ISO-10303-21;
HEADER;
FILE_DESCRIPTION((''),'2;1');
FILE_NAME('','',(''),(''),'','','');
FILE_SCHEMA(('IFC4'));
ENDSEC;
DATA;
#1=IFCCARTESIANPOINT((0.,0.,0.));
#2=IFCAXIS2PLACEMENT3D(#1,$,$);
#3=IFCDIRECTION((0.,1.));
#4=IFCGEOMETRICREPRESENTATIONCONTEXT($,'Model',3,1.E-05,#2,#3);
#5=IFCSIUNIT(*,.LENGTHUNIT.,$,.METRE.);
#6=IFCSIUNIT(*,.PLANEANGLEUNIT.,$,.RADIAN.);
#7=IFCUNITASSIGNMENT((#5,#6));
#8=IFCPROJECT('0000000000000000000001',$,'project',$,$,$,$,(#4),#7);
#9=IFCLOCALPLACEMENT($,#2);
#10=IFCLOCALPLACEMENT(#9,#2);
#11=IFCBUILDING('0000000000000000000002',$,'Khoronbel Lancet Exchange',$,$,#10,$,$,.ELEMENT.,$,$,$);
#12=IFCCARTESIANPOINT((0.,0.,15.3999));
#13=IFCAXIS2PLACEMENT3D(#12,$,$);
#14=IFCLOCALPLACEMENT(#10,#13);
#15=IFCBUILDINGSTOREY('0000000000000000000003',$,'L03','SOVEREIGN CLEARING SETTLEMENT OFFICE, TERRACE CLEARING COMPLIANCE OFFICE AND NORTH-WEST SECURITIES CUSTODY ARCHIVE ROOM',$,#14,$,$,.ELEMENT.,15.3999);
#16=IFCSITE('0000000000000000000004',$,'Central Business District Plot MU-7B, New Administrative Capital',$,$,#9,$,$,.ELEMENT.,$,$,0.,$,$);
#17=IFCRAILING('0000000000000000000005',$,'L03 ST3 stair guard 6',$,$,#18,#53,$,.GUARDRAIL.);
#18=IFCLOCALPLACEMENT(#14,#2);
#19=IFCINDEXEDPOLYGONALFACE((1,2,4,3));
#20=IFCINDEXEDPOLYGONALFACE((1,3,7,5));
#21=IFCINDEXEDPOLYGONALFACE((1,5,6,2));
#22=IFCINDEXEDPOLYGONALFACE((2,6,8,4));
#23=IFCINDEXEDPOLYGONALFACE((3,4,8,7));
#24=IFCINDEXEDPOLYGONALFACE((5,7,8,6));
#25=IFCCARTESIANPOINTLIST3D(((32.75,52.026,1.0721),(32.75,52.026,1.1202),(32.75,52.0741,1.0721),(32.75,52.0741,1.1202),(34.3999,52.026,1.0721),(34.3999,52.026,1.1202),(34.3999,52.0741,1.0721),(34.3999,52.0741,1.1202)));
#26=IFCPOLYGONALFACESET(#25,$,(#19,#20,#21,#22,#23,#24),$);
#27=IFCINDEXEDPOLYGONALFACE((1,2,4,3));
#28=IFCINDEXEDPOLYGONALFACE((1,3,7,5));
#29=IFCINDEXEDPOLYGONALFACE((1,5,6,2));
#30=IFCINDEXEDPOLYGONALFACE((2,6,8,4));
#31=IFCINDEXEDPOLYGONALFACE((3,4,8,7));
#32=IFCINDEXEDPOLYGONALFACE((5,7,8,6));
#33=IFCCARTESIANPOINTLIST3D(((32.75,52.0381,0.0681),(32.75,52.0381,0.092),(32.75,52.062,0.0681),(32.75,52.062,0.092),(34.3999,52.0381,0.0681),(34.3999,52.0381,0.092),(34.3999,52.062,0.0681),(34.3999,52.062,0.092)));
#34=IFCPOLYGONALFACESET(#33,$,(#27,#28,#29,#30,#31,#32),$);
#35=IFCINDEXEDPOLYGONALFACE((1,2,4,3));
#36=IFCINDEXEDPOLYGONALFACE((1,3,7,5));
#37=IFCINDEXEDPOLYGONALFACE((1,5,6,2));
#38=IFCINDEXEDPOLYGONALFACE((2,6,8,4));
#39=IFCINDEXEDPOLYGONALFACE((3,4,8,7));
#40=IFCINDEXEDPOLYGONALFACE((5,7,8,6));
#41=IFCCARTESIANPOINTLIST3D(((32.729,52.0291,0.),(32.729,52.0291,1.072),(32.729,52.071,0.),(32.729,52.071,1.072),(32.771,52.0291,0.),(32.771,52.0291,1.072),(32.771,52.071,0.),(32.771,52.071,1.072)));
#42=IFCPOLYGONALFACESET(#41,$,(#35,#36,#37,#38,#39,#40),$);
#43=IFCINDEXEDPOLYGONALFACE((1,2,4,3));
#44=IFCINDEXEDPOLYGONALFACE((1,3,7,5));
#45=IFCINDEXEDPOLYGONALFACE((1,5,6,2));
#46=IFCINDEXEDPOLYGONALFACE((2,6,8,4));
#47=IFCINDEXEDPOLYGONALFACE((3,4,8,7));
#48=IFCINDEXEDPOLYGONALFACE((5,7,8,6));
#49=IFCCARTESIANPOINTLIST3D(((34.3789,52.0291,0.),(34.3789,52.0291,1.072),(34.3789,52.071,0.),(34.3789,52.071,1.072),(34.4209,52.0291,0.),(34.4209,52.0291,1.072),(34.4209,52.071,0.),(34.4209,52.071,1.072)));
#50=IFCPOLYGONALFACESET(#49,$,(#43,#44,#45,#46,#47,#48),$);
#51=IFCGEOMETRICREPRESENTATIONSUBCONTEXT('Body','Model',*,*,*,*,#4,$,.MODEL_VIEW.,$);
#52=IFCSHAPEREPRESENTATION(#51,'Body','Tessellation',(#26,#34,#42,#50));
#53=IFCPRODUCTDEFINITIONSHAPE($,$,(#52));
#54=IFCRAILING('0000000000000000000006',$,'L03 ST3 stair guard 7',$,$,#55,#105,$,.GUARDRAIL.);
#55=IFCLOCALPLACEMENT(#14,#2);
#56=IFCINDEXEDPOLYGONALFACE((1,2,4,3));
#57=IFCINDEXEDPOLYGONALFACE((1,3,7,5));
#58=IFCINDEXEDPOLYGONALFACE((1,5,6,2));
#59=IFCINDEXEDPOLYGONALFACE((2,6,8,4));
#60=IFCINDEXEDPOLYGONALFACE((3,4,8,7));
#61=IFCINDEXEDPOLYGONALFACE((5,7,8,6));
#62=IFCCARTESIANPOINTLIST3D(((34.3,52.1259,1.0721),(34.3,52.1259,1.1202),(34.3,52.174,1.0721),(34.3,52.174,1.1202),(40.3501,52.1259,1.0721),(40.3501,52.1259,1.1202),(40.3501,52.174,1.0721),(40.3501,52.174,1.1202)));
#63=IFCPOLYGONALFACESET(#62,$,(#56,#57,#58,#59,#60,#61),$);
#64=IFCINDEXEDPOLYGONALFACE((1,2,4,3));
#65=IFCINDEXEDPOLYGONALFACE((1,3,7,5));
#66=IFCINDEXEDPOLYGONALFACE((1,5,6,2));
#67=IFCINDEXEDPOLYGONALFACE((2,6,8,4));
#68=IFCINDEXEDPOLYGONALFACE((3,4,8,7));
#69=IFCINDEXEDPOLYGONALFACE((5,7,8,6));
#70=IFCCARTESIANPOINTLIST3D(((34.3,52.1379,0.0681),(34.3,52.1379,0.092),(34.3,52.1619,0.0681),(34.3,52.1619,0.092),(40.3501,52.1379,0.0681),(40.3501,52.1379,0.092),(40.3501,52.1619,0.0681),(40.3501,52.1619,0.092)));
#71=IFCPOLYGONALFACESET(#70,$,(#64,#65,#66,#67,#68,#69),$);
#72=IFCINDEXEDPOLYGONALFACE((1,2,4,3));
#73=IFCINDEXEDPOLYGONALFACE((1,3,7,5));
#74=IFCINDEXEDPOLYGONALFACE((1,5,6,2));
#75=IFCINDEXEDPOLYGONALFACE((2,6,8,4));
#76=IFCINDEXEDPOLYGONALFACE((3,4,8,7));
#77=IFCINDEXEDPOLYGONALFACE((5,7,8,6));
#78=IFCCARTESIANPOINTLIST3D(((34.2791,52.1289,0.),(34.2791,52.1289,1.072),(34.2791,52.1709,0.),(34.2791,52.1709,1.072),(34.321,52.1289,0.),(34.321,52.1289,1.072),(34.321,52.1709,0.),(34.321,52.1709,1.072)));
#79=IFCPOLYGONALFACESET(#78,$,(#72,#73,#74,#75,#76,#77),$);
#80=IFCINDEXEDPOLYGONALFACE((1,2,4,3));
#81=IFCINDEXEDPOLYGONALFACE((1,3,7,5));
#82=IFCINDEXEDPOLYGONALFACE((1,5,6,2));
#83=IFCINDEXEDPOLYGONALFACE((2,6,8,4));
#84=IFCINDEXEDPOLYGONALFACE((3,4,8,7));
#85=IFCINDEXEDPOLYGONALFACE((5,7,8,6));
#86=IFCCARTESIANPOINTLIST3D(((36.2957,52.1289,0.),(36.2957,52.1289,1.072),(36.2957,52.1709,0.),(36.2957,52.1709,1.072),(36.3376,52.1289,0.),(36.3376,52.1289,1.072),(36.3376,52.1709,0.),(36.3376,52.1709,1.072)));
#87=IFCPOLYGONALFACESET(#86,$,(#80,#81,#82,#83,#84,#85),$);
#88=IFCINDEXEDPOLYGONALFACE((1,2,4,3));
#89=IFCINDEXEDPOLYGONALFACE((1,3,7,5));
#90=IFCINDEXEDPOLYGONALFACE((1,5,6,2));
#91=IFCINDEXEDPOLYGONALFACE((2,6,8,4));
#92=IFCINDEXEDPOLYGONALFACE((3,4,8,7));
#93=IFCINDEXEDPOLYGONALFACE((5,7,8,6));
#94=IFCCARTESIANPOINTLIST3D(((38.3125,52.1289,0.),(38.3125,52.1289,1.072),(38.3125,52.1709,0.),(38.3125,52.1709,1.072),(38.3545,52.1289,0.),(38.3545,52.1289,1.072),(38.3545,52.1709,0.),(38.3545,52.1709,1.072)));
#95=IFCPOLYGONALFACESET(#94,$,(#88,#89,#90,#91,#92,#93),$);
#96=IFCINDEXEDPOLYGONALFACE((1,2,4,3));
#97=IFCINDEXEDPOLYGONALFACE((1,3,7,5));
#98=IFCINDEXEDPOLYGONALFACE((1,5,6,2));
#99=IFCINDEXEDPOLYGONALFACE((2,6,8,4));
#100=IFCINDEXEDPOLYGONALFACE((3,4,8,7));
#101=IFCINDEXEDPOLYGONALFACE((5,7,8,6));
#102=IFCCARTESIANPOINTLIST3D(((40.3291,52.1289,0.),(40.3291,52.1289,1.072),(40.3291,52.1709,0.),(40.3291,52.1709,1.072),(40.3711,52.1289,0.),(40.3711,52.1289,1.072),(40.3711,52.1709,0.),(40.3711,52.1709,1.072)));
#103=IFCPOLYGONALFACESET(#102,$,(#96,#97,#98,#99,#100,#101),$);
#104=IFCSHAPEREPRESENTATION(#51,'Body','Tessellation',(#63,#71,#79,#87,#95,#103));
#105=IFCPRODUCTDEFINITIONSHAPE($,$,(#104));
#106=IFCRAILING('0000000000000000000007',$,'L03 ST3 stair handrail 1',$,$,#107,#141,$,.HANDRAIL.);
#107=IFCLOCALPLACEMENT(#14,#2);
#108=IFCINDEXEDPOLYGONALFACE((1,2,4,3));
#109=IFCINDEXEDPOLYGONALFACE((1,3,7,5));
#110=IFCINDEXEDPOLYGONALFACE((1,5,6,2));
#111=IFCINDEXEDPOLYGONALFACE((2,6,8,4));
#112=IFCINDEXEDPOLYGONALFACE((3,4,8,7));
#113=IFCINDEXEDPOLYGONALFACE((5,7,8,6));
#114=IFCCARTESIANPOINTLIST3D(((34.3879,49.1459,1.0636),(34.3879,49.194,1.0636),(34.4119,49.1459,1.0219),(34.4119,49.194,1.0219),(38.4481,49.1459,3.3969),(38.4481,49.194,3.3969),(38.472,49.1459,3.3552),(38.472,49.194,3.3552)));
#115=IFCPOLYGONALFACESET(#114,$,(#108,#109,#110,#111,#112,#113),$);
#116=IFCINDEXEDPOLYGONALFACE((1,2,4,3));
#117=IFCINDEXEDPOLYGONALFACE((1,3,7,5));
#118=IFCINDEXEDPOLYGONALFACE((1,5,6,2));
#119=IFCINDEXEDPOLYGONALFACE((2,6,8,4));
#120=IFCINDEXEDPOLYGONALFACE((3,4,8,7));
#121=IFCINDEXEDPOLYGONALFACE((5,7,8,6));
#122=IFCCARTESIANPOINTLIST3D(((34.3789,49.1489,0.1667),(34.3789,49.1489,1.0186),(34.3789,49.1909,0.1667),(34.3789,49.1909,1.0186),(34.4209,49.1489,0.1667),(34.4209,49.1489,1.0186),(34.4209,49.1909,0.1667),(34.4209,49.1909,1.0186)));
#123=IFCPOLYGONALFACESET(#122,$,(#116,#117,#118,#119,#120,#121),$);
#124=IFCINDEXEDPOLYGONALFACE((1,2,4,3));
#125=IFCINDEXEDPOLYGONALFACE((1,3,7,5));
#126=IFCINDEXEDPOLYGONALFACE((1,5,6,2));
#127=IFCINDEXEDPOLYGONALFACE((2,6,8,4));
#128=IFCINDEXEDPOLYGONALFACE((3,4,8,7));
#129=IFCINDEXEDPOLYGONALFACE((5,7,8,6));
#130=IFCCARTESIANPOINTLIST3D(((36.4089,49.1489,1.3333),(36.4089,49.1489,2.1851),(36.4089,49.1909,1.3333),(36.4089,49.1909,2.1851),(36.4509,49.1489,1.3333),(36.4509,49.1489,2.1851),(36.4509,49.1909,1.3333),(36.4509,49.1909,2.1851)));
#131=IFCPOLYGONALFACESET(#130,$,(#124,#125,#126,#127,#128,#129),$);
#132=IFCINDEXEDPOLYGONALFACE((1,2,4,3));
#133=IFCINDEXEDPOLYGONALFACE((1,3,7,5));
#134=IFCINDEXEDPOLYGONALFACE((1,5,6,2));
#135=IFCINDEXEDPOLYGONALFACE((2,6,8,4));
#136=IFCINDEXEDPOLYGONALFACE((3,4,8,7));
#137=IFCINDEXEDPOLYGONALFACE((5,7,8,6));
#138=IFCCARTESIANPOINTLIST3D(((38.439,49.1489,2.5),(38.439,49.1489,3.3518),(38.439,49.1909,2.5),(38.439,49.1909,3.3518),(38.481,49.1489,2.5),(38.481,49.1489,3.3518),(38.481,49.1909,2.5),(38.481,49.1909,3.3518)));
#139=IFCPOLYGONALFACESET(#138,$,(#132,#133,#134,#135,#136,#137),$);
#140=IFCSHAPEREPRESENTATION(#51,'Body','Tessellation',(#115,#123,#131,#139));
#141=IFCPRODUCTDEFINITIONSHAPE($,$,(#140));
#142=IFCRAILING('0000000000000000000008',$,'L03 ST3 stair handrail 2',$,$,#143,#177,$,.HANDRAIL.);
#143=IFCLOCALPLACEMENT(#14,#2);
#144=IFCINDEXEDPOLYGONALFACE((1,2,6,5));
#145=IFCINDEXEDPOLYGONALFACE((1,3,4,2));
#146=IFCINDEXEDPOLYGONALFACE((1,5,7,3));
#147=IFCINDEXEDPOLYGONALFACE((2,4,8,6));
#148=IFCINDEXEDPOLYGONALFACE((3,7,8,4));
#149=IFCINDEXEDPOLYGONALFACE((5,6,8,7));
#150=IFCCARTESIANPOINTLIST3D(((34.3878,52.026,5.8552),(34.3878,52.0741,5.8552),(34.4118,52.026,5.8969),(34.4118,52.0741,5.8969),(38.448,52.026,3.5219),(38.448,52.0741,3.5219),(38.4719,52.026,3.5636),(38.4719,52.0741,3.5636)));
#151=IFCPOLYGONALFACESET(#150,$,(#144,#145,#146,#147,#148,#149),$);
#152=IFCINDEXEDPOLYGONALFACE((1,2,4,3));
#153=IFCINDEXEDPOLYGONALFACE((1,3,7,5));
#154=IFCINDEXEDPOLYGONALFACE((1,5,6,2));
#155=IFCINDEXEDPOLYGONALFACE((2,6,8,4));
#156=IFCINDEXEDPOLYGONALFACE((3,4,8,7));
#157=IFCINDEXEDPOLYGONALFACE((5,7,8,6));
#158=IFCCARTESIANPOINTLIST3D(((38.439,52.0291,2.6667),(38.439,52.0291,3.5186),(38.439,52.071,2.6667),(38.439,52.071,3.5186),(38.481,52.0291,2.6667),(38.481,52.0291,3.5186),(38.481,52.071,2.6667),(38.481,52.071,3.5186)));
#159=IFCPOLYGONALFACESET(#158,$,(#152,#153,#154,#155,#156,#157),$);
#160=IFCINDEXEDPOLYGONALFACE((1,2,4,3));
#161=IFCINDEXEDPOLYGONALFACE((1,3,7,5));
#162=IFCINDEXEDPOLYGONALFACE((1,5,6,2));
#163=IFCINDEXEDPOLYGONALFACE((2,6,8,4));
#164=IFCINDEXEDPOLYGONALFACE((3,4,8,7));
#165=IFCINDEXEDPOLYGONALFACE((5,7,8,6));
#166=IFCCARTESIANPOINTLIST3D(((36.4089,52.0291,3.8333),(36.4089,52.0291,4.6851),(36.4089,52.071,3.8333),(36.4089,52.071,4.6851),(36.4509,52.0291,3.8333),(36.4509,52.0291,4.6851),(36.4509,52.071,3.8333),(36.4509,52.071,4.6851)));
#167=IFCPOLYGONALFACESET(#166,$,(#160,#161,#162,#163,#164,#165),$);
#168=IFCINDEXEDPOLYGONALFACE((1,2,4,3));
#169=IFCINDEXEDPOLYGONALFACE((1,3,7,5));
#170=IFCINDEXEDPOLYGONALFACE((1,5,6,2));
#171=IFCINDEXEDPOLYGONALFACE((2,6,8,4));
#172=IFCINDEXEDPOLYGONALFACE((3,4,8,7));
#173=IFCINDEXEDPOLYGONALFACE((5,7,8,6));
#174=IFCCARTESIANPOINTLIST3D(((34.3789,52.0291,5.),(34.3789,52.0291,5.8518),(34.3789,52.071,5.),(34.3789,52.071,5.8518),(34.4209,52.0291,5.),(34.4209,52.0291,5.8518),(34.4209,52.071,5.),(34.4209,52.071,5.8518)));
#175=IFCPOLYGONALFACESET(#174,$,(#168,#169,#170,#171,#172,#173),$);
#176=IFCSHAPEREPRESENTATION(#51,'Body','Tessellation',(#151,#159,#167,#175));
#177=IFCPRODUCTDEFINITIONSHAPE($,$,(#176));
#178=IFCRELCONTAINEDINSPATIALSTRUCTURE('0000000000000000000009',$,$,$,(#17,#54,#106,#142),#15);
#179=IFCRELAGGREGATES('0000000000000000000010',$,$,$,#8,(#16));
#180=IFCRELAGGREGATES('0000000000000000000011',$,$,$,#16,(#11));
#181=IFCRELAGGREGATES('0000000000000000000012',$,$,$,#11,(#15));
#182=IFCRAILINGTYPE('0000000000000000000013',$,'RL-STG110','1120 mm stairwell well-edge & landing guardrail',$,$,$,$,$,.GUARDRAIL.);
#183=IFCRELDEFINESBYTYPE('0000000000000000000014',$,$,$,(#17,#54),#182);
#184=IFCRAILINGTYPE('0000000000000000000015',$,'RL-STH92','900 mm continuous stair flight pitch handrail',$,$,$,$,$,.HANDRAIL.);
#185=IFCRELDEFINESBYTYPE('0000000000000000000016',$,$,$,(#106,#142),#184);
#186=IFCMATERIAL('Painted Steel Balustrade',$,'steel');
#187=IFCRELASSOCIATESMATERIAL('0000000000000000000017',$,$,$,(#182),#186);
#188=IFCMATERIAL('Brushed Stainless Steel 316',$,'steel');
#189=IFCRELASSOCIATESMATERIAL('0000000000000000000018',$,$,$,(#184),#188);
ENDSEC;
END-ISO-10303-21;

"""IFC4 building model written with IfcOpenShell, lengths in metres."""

from ifc_helpers import new_model, si_unit, direction, frame, origin, origin_2d, place, context, subcontext, project, spatial, rectangle, extrude, material, type_object, element, save


model = new_model("IFC4")

# Units and contexts
model_context = context("Model", 3, precision=1e-05, world=origin(), true_north=direction((0.0, 1.0)))
body_context = subcontext(model_context, "Body", "Model", "MODEL_VIEW")
ifc_project = project(units=[si_unit("LENGTHUNIT", "METRE"), si_unit("PLANEANGLEUNIT", "RADIAN")], contexts=[model_context])

# Site, building, storey
site_placement = place(None, origin())
site = spatial("IfcSite", under=ifc_project, at=site_placement, Name="Central Business District Plot MU-7B, New Administrative Capital", CompositionType="ELEMENT", RefElevation=0.0)
building_placement = place(site_placement, origin())
building = spatial("IfcBuilding", under=site, at=building_placement, Name="Khoronbel Lancet Exchange", CompositionType="ELEMENT")
storey_placement = place(building_placement, frame((0.0, 0.0, 15.3999)))
storey = spatial("IfcBuildingStorey", under=building, at=storey_placement, Name="L03", Description="SOVEREIGN CLEARING SETTLEMENT OFFICE, TERRACE CLEARING COMPLIANCE OFFICE AND NORTH-WEST SECURITIES CUSTODY ARCHIVE ROOM", CompositionType="ELEMENT", Elevation=15.3999)

# Railings
ifc_material_1 = material(Name="Painted Steel Balustrade", Category="steel")
railing_type_1 = type_object("IfcRailingType", Name="RL-STG110", Description="1120 mm stairwell well-edge & landing guardrail", PredefinedType="GUARDRAIL", material=ifc_material_1)
railing_1_placement = place(storey_placement, frame((32.75, 52.05, 0.0)))
element("IfcRailing", 1, at=railing_1_placement, inside=storey, type_object=railing_type_1, Name="L03 ST3 stair guard 6", PredefinedType="GUARDRAIL", context=body_context, shape_type="SweptSolid", body=[
    extrude(rectangle(XDim=0.0481, YDim=0.0481, at=origin_2d()), frame((0.0, 0.0, 1.0962), z_axis=(1.0, 0.0, 0.0), x_axis=(0.0, 1.0, 0.0)), (0.0, 0.0, 1.0), 1.6499),
    extrude(rectangle(XDim=0.0239, YDim=0.0239, at=origin_2d()), frame((0.0, 0.0, 0.0801), z_axis=(1.0, 0.0, 0.0), x_axis=(0.0, 1.0, 0.0)), (0.0, 0.0, 1.0), 1.6499),
    extrude(rectangle(XDim=0.042, YDim=0.042, at=origin_2d()), origin(), (0.0, 0.0, 1.0), 1.072),
    extrude(rectangle(XDim=0.042, YDim=0.042, at=origin_2d()), frame((1.6499, 0.0, 0.0)), (0.0, 0.0, 1.0), 1.072),
])
railing_2_placement = place(storey_placement, frame((34.3, 52.1499, 0.0)))
element("IfcRailing", 2, at=railing_2_placement, inside=storey, type_object=railing_type_1, Name="L03 ST3 stair guard 7", PredefinedType="GUARDRAIL", context=body_context, shape_type="SweptSolid", body=[
    extrude(rectangle(XDim=0.0481, YDim=0.0481, at=origin_2d()), frame((0.0, 0.0, 1.0962), z_axis=(1.0, 0.0, 0.0), x_axis=(0.0, 1.0, 0.0)), (0.0, 0.0, 1.0), 6.05),
    extrude(rectangle(XDim=0.0239, YDim=0.0239, at=origin_2d()), frame((0.0, 0.0, 0.0801), z_axis=(1.0, 0.0, 0.0), x_axis=(0.0, 1.0, 0.0)), (0.0, 0.0, 1.0), 6.05),
    extrude(rectangle(XDim=0.042, YDim=0.042, at=origin_2d()), origin(), (0.0, 0.0, 1.0), 1.072),
    extrude(rectangle(XDim=0.042, YDim=0.042, at=origin_2d()), frame((2.0166, 0.0, 0.0)), (0.0, 0.0, 1.0), 1.072),
    extrude(rectangle(XDim=0.042, YDim=0.042, at=origin_2d()), frame((4.0334, 0.0, 0.0)), (0.0, 0.0, 1.0), 1.072),
    extrude(rectangle(XDim=0.042, YDim=0.042, at=origin_2d()), frame((6.05, 0.0, 0.0)), (0.0, 0.0, 1.0), 1.072),
])
ifc_material_2 = material(Name="Brushed Stainless Steel 316", Category="steel")
railing_type_2 = type_object("IfcRailingType", Name="RL-STH92", Description="900 mm continuous stair flight pitch handrail", PredefinedType="HANDRAIL", material=ifc_material_2)
railing_3_placement = place(storey_placement, frame((34.3999, 49.1699, 0.1667)))
element("IfcRailing", 3, at=railing_3_placement, inside=storey, type_object=railing_type_2, Name="L03 ST3 stair handrail 1", PredefinedType="HANDRAIL", context=body_context, shape_type="SweptSolid", body=[
    extrude(rectangle(XDim=0.0481, YDim=0.0481, at=origin_2d()), frame((0.0, 0.0, 0.876), z_axis=(0.867025, 0.0, 0.498265), x_axis=(0.0, 1.0, 0.0)), (0.0, 0.0, 1.0), 4.6829),
    extrude(rectangle(XDim=0.042, YDim=0.042, at=origin_2d()), origin(), (0.0, 0.0, 1.0), 0.8518),
    extrude(rectangle(XDim=0.042, YDim=0.042, at=origin_2d()), frame((2.03, 0.0, 1.1665)), (0.0, 0.0, 1.0), 0.8518),
    extrude(rectangle(XDim=0.042, YDim=0.042, at=origin_2d()), frame((4.0601, 0.0, 2.3333)), (0.0, 0.0, 1.0), 0.8518),
])
railing_4_placement = place(storey_placement, frame((38.46, 52.05, 2.6667)))
element("IfcRailing", 4, at=railing_4_placement, inside=storey, type_object=railing_type_2, Name="L03 ST3 stair handrail 2", PredefinedType="HANDRAIL", context=body_context, shape_type="SweptSolid", body=[
    extrude(rectangle(XDim=0.0481, YDim=0.0481, at=origin_2d()), frame((0.0, 0.0, 0.876), z_axis=(-0.867025, 0.0, 0.498265), x_axis=(0.0, -1.0, 0.0)), (0.0, 0.0, 1.0), 4.6829),
    extrude(rectangle(XDim=0.042, YDim=0.042, at=origin_2d()), origin(), (0.0, 0.0, 1.0), 0.8518),
    extrude(rectangle(XDim=0.042, YDim=0.042, at=origin_2d()), frame((-2.03, 0.0, 1.1665)), (0.0, 0.0, 1.0), 0.8518),
    extrude(rectangle(XDim=0.042, YDim=0.042, at=origin_2d()), frame((-4.0601, 0.0, 2.3333)), (0.0, 0.0, 1.0), 0.8518),
])

save(model, "model.ifc")
